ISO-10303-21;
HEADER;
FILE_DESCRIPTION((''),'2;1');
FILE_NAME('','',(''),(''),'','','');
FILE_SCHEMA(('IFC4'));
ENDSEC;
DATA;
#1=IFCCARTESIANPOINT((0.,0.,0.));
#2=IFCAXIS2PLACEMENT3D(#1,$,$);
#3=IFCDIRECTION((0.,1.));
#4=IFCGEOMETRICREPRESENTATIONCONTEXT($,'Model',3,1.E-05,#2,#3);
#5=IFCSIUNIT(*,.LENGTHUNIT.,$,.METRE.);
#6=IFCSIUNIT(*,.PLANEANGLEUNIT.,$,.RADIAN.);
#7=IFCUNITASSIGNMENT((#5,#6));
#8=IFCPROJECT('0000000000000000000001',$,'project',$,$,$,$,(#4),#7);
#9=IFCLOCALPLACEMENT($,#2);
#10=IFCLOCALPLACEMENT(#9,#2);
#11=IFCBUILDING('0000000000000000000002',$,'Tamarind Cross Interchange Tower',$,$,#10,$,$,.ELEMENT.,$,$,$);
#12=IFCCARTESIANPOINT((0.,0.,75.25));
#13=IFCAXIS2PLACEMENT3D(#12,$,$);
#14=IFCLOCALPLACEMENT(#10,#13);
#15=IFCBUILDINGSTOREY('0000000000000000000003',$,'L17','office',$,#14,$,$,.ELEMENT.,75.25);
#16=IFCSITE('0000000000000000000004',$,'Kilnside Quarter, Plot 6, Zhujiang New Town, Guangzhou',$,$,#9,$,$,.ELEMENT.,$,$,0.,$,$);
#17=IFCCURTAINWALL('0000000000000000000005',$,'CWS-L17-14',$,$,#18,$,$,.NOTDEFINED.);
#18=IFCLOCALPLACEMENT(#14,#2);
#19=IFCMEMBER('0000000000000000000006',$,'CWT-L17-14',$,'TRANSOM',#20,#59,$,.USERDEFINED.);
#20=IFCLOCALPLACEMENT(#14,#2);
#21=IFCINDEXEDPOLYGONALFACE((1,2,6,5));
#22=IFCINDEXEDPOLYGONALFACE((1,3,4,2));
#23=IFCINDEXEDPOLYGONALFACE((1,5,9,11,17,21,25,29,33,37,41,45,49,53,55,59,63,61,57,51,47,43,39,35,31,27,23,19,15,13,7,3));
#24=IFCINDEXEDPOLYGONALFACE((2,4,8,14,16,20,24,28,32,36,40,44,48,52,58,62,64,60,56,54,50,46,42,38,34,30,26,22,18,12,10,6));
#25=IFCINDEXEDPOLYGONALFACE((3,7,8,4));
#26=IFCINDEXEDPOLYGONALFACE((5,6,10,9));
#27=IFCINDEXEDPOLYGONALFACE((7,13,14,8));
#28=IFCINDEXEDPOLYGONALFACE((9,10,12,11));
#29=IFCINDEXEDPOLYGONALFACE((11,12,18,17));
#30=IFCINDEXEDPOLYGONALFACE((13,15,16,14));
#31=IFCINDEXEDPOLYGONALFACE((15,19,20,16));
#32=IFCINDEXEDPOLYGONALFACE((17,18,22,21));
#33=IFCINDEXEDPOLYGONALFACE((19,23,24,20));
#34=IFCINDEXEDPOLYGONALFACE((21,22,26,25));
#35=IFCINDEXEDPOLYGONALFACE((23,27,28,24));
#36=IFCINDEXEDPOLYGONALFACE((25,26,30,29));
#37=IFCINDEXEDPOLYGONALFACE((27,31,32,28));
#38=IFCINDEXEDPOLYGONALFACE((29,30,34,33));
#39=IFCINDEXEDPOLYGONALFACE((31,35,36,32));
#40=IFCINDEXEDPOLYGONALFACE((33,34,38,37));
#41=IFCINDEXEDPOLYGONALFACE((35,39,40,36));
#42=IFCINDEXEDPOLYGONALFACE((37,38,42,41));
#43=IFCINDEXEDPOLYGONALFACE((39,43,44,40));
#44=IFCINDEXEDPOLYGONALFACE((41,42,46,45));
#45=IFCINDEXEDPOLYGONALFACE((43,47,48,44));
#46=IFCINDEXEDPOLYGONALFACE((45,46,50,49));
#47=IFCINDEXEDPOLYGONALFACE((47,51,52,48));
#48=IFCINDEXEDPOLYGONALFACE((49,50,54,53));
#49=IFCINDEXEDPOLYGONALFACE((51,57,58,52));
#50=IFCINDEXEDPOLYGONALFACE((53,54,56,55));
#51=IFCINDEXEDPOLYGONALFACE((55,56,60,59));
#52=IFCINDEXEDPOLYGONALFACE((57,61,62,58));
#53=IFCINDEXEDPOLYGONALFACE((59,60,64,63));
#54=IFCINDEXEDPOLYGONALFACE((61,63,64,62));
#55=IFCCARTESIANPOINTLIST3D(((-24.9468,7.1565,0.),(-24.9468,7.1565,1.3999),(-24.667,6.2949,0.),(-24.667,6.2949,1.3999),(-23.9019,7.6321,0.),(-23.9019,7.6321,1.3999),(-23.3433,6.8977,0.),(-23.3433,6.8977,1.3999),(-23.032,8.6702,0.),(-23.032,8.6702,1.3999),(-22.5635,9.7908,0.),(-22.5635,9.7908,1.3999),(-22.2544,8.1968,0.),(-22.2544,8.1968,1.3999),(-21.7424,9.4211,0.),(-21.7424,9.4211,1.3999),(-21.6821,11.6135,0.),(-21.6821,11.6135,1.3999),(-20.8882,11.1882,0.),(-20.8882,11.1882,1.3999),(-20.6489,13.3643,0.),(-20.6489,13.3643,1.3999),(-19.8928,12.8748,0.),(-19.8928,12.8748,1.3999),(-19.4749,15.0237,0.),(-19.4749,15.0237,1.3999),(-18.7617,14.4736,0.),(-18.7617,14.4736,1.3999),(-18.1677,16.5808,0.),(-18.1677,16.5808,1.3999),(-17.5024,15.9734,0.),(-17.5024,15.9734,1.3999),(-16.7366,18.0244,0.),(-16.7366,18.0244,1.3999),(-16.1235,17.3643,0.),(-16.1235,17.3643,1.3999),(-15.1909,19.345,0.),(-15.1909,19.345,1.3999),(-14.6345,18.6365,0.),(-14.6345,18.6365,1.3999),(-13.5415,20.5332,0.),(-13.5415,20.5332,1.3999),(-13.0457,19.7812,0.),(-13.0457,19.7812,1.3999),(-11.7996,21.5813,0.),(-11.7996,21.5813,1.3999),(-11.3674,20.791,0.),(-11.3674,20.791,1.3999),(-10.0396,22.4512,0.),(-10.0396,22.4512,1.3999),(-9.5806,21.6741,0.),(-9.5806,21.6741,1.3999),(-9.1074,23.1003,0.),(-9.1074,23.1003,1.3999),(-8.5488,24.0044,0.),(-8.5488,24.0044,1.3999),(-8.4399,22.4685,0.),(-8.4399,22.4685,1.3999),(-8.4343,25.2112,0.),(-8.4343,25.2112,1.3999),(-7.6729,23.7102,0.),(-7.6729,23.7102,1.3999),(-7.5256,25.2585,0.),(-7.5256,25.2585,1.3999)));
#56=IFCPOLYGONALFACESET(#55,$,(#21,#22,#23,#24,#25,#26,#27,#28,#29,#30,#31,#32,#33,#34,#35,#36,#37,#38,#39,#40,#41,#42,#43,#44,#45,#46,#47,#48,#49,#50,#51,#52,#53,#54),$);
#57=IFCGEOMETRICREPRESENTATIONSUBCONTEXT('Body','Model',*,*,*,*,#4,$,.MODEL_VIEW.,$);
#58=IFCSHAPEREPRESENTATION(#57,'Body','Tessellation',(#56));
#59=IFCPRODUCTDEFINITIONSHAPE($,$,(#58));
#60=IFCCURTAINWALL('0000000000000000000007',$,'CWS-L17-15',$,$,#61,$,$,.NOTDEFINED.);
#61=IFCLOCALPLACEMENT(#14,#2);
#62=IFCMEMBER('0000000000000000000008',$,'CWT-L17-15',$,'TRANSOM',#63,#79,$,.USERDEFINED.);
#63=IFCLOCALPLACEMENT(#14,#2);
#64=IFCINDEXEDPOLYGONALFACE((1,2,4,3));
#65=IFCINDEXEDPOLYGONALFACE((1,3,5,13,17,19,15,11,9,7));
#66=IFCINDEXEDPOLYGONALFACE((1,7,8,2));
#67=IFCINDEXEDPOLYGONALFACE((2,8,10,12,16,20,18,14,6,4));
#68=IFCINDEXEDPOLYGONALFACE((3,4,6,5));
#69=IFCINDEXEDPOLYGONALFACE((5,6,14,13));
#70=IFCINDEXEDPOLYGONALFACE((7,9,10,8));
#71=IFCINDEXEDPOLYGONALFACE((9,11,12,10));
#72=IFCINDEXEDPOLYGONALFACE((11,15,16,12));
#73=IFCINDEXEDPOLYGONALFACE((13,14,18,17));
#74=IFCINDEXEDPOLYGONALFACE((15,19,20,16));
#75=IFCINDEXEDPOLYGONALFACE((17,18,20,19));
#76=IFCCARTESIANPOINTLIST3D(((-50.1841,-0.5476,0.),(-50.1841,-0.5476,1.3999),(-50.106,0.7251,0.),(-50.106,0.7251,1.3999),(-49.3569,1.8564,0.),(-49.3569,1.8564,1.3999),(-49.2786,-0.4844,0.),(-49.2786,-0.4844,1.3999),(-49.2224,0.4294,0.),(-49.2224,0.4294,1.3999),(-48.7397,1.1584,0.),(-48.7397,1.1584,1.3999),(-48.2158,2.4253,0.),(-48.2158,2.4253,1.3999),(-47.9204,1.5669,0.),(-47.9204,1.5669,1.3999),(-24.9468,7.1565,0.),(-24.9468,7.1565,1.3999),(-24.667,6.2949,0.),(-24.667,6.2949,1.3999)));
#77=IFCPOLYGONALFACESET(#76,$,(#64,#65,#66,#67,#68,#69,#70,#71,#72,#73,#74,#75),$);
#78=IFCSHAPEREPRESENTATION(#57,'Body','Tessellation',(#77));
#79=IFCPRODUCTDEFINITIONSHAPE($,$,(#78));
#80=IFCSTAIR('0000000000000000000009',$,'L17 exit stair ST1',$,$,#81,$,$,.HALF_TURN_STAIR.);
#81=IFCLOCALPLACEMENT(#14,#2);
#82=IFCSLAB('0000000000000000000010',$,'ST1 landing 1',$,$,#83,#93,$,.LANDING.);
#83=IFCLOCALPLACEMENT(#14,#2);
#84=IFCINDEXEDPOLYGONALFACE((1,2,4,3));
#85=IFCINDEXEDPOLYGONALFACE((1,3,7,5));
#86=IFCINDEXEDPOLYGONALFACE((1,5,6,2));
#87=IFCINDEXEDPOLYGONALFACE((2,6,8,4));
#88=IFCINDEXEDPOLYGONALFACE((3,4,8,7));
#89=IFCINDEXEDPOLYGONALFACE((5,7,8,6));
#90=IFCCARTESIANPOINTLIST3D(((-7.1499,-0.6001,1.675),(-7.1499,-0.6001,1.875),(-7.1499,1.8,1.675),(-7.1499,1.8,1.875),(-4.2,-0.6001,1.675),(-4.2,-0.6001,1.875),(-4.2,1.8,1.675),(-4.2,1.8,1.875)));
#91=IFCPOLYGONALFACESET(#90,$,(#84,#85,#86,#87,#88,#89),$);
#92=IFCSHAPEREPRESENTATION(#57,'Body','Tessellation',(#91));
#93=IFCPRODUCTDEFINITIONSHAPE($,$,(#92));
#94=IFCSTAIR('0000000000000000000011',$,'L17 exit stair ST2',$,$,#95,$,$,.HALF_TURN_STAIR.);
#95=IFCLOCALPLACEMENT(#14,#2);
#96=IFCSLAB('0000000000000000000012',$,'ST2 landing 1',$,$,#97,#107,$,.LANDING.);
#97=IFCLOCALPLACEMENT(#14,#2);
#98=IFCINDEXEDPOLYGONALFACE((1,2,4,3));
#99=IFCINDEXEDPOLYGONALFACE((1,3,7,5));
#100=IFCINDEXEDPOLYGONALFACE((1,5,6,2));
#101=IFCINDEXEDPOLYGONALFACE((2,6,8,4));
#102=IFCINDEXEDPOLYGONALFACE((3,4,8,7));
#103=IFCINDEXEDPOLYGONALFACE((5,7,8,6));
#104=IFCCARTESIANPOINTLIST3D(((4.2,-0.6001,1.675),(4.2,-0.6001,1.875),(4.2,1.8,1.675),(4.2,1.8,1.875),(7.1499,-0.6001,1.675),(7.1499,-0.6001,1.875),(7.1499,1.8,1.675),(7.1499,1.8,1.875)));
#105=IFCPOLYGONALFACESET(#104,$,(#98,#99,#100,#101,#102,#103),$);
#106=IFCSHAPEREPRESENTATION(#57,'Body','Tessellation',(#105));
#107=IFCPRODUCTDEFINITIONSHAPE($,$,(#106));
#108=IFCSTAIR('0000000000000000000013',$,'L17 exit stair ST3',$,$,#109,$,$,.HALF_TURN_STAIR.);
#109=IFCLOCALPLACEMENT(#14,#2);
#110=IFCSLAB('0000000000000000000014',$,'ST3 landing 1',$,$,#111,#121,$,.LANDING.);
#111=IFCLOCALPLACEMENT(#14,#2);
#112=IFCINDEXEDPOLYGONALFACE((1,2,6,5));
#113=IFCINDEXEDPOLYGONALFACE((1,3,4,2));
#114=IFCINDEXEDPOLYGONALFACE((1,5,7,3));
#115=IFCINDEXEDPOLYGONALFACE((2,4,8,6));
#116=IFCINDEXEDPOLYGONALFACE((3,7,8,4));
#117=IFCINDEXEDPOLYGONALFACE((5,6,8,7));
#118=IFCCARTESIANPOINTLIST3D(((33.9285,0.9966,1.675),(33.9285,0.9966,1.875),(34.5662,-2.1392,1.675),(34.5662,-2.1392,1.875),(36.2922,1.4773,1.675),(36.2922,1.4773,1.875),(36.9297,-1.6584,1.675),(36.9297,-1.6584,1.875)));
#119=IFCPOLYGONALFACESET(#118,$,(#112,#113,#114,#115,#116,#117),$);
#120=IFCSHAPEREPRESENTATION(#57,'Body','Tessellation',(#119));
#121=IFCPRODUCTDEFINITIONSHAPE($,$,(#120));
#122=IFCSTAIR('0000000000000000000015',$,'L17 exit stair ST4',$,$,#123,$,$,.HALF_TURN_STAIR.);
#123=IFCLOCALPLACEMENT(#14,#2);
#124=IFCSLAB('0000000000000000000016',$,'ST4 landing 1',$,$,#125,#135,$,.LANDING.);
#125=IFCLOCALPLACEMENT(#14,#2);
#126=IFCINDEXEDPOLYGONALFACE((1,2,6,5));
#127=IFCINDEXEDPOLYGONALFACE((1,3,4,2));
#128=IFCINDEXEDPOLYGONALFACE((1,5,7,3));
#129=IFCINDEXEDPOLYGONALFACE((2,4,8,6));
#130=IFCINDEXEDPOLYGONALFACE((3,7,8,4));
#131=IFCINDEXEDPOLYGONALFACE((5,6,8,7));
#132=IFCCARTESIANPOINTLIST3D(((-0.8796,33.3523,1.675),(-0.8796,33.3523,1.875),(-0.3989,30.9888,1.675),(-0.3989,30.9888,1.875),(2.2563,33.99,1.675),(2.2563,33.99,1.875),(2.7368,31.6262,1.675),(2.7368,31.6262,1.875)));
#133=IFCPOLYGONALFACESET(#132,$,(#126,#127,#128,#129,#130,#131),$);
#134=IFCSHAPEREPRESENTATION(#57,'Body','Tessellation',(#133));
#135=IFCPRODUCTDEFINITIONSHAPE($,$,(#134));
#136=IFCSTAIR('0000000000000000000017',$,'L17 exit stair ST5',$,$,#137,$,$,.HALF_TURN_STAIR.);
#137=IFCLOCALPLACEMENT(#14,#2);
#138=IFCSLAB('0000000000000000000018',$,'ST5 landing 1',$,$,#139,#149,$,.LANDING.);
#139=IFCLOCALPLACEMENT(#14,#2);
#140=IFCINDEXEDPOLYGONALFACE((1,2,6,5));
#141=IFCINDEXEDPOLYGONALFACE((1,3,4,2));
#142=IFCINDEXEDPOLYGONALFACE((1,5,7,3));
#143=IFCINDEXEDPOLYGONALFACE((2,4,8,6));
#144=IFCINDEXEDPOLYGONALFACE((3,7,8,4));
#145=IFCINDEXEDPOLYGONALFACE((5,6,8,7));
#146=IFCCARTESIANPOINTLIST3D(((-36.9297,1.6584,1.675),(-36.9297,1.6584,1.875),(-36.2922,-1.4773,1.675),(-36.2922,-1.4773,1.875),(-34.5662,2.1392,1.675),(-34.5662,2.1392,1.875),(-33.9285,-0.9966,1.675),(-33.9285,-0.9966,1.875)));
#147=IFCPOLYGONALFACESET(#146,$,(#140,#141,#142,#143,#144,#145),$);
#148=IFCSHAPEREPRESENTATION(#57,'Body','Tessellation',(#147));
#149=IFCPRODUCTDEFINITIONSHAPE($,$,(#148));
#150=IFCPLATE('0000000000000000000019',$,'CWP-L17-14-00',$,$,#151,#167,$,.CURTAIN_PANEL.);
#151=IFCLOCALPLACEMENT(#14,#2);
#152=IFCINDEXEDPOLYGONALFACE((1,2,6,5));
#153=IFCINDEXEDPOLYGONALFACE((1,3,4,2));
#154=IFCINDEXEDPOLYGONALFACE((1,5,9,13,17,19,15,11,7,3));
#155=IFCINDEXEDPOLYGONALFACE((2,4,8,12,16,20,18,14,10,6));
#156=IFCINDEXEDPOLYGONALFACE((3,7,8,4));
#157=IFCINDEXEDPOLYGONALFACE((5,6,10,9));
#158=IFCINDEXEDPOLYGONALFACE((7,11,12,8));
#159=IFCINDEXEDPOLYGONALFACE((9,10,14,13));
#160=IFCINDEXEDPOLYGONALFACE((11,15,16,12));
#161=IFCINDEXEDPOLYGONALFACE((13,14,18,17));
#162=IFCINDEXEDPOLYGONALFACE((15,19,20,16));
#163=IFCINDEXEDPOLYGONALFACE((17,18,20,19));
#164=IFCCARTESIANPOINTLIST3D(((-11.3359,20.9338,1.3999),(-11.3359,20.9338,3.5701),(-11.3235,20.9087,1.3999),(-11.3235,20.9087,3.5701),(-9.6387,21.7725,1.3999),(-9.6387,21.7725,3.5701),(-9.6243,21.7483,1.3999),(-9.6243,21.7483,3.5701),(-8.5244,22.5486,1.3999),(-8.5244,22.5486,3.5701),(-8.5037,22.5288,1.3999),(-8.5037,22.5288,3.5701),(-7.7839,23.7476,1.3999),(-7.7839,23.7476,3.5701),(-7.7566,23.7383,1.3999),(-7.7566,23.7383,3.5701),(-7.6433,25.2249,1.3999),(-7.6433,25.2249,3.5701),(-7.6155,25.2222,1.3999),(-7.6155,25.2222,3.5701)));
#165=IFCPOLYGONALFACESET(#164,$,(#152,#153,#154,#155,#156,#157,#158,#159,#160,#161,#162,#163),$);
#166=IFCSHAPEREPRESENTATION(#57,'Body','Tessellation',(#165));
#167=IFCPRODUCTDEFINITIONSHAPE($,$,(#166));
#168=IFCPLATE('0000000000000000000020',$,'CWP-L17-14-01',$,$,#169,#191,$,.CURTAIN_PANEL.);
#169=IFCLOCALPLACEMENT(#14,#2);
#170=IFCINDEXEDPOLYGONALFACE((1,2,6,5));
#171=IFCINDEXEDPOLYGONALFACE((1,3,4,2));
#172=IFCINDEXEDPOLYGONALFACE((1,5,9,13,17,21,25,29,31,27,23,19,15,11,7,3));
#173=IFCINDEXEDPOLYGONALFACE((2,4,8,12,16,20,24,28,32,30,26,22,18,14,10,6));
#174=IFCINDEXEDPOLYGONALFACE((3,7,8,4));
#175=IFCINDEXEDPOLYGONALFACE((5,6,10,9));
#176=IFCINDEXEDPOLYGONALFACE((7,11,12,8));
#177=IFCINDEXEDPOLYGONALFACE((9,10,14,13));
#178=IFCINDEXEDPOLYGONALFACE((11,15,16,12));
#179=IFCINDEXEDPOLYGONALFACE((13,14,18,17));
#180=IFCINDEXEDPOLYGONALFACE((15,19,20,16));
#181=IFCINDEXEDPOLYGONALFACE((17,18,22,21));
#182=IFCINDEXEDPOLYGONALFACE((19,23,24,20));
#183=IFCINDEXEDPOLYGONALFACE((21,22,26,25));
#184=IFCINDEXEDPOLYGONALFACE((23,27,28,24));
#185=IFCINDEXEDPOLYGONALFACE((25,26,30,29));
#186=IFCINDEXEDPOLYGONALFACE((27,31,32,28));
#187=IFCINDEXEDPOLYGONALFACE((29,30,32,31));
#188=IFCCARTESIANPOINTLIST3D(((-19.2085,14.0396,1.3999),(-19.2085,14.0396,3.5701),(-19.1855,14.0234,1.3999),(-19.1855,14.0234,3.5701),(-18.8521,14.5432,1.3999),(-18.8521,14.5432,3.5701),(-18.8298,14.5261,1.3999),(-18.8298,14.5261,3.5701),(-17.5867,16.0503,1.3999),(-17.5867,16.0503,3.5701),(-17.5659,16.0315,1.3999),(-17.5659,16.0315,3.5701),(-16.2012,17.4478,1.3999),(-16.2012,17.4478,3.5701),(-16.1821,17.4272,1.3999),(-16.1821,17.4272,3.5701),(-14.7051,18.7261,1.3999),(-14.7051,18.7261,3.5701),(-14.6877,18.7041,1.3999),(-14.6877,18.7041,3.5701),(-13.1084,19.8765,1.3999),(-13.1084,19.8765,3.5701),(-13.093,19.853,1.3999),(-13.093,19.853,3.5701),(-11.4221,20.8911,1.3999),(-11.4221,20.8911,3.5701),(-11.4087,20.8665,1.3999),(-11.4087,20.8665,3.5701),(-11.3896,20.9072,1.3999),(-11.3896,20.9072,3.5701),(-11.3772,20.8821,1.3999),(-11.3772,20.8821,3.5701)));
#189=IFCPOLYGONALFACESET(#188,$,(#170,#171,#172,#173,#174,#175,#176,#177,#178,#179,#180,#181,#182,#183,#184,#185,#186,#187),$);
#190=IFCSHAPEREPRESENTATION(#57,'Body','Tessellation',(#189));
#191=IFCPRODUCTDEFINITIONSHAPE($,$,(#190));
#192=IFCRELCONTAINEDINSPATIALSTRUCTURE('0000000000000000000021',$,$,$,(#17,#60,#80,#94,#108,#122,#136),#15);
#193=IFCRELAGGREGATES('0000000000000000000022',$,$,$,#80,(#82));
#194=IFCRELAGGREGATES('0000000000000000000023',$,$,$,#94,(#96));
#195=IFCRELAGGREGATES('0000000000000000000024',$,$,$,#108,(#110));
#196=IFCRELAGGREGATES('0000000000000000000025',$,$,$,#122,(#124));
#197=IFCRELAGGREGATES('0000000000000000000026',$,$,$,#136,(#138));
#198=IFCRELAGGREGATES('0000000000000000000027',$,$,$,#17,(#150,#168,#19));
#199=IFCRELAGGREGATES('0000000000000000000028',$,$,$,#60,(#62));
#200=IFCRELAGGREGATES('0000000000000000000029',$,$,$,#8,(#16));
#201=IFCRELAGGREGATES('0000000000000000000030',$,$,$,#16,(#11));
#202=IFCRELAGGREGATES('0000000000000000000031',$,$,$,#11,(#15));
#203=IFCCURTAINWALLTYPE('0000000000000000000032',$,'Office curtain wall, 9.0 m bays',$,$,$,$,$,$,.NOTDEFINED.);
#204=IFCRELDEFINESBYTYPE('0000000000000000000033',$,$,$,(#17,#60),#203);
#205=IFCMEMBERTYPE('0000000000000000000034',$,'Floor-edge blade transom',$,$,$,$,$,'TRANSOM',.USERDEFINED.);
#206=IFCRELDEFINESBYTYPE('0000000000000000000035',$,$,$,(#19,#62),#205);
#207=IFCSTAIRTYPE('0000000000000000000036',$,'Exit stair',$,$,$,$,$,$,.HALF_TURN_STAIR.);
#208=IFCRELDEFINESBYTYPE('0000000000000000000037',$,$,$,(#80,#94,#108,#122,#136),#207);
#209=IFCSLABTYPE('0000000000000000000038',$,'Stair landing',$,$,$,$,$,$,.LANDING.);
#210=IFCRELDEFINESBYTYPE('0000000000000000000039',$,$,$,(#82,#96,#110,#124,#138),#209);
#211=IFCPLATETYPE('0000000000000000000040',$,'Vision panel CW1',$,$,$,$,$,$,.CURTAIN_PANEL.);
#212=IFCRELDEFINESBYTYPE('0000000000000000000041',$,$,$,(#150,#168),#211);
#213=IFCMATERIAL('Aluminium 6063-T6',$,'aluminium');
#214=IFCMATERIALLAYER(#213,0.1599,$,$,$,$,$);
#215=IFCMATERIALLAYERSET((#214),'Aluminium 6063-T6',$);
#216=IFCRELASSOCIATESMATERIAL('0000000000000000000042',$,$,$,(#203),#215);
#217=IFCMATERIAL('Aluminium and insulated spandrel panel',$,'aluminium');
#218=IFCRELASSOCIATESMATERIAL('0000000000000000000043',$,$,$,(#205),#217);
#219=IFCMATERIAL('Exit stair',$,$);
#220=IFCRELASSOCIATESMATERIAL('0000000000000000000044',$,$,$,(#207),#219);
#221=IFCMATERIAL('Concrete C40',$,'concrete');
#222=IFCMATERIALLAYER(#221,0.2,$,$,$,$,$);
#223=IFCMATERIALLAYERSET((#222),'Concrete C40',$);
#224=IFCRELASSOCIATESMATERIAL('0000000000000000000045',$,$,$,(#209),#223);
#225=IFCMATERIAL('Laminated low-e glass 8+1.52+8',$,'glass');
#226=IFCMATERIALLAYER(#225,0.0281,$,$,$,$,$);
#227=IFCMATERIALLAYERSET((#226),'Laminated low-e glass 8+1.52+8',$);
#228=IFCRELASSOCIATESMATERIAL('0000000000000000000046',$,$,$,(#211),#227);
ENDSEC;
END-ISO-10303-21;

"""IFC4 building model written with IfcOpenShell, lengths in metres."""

from ifc_helpers import new_model, si_unit, direction, frame, origin, place, context, subcontext, project, spatial, polyline, outline, extrude, material, layer, layer_set, type_object, element, aggregate, save


model = new_model("IFC4")

# Units and contexts
model_context = context("Model", 3, precision=1e-05, world=origin(), true_north=direction((0.0, 1.0)))
body_context = subcontext(model_context, "Body", "Model", "MODEL_VIEW")
ifc_project = project(units=[si_unit("LENGTHUNIT", "METRE"), si_unit("PLANEANGLEUNIT", "RADIAN")], contexts=[model_context])

# Site, building, storey
site_placement = place(None, origin())
site = spatial("IfcSite", under=ifc_project, at=site_placement, Name="Kilnside Quarter, Plot 6, Zhujiang New Town, Guangzhou", CompositionType="ELEMENT", RefElevation=0.0)
building_placement = place(site_placement, origin())
building = spatial("IfcBuilding", under=site, at=building_placement, Name="Tamarind Cross Interchange Tower", CompositionType="ELEMENT")
storey_placement = place(building_placement, frame((0.0, 0.0, 75.25)))
storey = spatial("IfcBuildingStorey", under=building, at=storey_placement, Name="L17", Description="office", CompositionType="ELEMENT", Elevation=75.25)

# Curtain walls, members
ifc_material_1 = material(Name="Aluminium 6063-T6", Category="aluminium")
ifc_layer_1 = layer(ifc_material_1, 0.1599)
ifc_layer_set_1 = layer_set([ifc_layer_1], Name="Aluminium 6063-T6")
curtain_wall_type = type_object("IfcCurtainWallType", Name="Office curtain wall, 9.0 m bays", PredefinedType="NOTDEFINED", material=ifc_layer_set_1)
curtain_wall_1_placement = place(storey_placement, origin())
curtain_wall_1 = element("IfcCurtainWall", 1, at=curtain_wall_1_placement, inside=storey, type_object=curtain_wall_type, Name="CWS-L17-14", PredefinedType="NOTDEFINED")
ifc_material_2 = material(Name="Aluminium and insulated spandrel panel", Category="aluminium")
member_type = type_object("IfcMemberType", Name="Floor-edge blade transom", ElementType="TRANSOM", PredefinedType="USERDEFINED", material=ifc_material_2)
member_1_placement = place(storey_placement, origin())
member_1 = element("IfcMember", 2, at=member_1_placement, type_object=member_type, Name="CWT-L17-14", ObjectType="TRANSOM", PredefinedType="USERDEFINED", context=body_context, shape_type="SweptSolid", body=[
    extrude(outline(polyline([(-7.5256, 25.2585), (-7.6729, 23.7102), (-8.4399, 22.4685), (-9.5806, 21.6741), (-11.3674, 20.791), (-13.0457, 19.7812), (-14.6345, 18.6365), (-16.1235, 17.3643), (-17.5024, 15.9734), (-18.7617, 14.4736), (-19.8928, 12.8748), (-20.8882, 11.1882), (-21.7424, 9.4211), (-22.2544, 8.1968), (-23.3433, 6.8977), (-24.667, 6.2949), (-24.9468, 7.1565), (-23.9019, 7.6321), (-23.032, 8.6702), (-22.5635, 9.7908), (-21.6821, 11.6135), (-20.6489, 13.3643), (-19.4749, 15.0237), (-18.1677, 16.5808), (-16.7366, 18.0244), (-15.1909, 19.345), (-13.5415, 20.5332), (-11.7996, 21.5813), (-10.0396, 22.4512), (-9.1074, 23.1003), (-8.5488, 24.0044), (-8.4343, 25.2112), (-7.5256, 25.2585)])), origin(), (0.0, 0.0, 1.0), 1.3999),
])
curtain_wall_2_placement = place(storey_placement, origin())
curtain_wall_2 = element("IfcCurtainWall", 3, at=curtain_wall_2_placement, inside=storey, type_object=curtain_wall_type, Name="CWS-L17-15", PredefinedType="NOTDEFINED")
member_2_placement = place(storey_placement, origin())
member_2 = element("IfcMember", 4, at=member_2_placement, type_object=member_type, Name="CWT-L17-15", ObjectType="TRANSOM", PredefinedType="USERDEFINED", context=body_context, shape_type="SweptSolid", body=[
    extrude(outline(polyline([(-24.667, 6.2949), (-47.9204, 1.5669), (-48.7397, 1.1584), (-49.2224, 0.4294), (-49.2786, -0.4844), (-50.1841, -0.5476), (-50.106, 0.7251), (-49.3569, 1.8564), (-48.2158, 2.4253), (-24.9468, 7.1565), (-24.667, 6.2949)])), origin(), (0.0, 0.0, 1.0), 1.3999),
])

# Stairs, slabs
ifc_material_3 = material(Name="Exit stair")
stair_type = type_object("IfcStairType", Name="Exit stair", PredefinedType="HALF_TURN_STAIR", material=ifc_material_3)
stair_1_placement = place(storey_placement, origin())
stair_1 = element("IfcStair", 5, at=stair_1_placement, inside=storey, type_object=stair_type, Name="L17 exit stair ST1", PredefinedType="HALF_TURN_STAIR")
ifc_material_4 = material(Name="Concrete C40", Category="concrete")
ifc_layer_2 = layer(ifc_material_4, 0.2)
ifc_layer_set_2 = layer_set([ifc_layer_2], Name="Concrete C40")
slab_type = type_object("IfcSlabType", Name="Stair landing", PredefinedType="LANDING", material=ifc_layer_set_2)
slab_1_placement = place(storey_placement, frame((0.0, 0.0, 1.675)))
slab_1 = element("IfcSlab", 6, at=slab_1_placement, type_object=slab_type, Name="ST1 landing 1", PredefinedType="LANDING", context=body_context, shape_type="SweptSolid", body=[
    extrude(outline(polyline([(-4.2, -0.6001), (-4.2, 1.8), (-7.1499, 1.8), (-7.1499, -0.6001), (-4.2, -0.6001)])), origin(), (0.0, 0.0, 1.0), 0.2),
])
aggregate(stair_1, [slab_1])
stair_2_placement = place(storey_placement, origin())
stair_2 = element("IfcStair", 7, at=stair_2_placement, inside=storey, type_object=stair_type, Name="L17 exit stair ST2", PredefinedType="HALF_TURN_STAIR")
slab_2_placement = place(storey_placement, frame((0.0, 0.0, 1.675)))
slab_2 = element("IfcSlab", 8, at=slab_2_placement, type_object=slab_type, Name="ST2 landing 1", PredefinedType="LANDING", context=body_context, shape_type="SweptSolid", body=[
    extrude(outline(polyline([(7.1499, -0.6001), (7.1499, 1.8), (4.2, 1.8), (4.2, -0.6001), (7.1499, -0.6001)])), origin(), (0.0, 0.0, 1.0), 0.2),
])
aggregate(stair_2, [slab_2])
stair_3_placement = place(storey_placement, origin())
stair_3 = element("IfcStair", 9, at=stair_3_placement, inside=storey, type_object=stair_type, Name="L17 exit stair ST3", PredefinedType="HALF_TURN_STAIR")
slab_3_placement = place(storey_placement, frame((0.0, 0.0, 1.675)))
slab_3 = element("IfcSlab", 10, at=slab_3_placement, type_object=slab_type, Name="ST3 landing 1", PredefinedType="LANDING", context=body_context, shape_type="SweptSolid", body=[
    extrude(outline(polyline([(34.5662, -2.1392), (36.9297, -1.6584), (36.2922, 1.4773), (33.9285, 0.9966), (34.5662, -2.1392)])), origin(), (0.0, 0.0, 1.0), 0.2),
])
aggregate(stair_3, [slab_3])
stair_4_placement = place(storey_placement, origin())
stair_4 = element("IfcStair", 11, at=stair_4_placement, inside=storey, type_object=stair_type, Name="L17 exit stair ST4", PredefinedType="HALF_TURN_STAIR")
slab_4_placement = place(storey_placement, frame((0.0, 0.0, 1.675)))
slab_4 = element("IfcSlab", 12, at=slab_4_placement, type_object=slab_type, Name="ST4 landing 1", PredefinedType="LANDING", context=body_context, shape_type="SweptSolid", body=[
    extrude(outline(polyline([(2.7368, 31.6262), (2.2563, 33.99), (-0.8796, 33.3523), (-0.3989, 30.9888), (2.7368, 31.6262)])), origin(), (0.0, 0.0, 1.0), 0.2),
])
aggregate(stair_4, [slab_4])
stair_5_placement = place(storey_placement, origin())
stair_5 = element("IfcStair", 13, at=stair_5_placement, inside=storey, type_object=stair_type, Name="L17 exit stair ST5", PredefinedType="HALF_TURN_STAIR")
slab_5_placement = place(storey_placement, frame((0.0, 0.0, 1.675)))
slab_5 = element("IfcSlab", 14, at=slab_5_placement, type_object=slab_type, Name="ST5 landing 1", PredefinedType="LANDING", context=body_context, shape_type="SweptSolid", body=[
    extrude(outline(polyline([(-34.5662, 2.1392), (-36.9297, 1.6584), (-36.2922, -1.4773), (-33.9285, -0.9966), (-34.5662, 2.1392)])), origin(), (0.0, 0.0, 1.0), 0.2),
])
aggregate(stair_5, [slab_5])

# Plates
ifc_material_5 = material(Name="Laminated low-e glass 8+1.52+8", Category="glass")
ifc_layer_3 = layer(ifc_material_5, 0.0281)
ifc_layer_set_3 = layer_set([ifc_layer_3], Name="Laminated low-e glass 8+1.52+8")
plate_type = type_object("IfcPlateType", Name="Vision panel CW1", PredefinedType="CURTAIN_PANEL", material=ifc_layer_set_3)
plate_1_placement = place(storey_placement, frame((0.0, 0.0, 1.3999)))
plate_1 = element("IfcPlate", 15, at=plate_1_placement, type_object=plate_type, Name="CWP-L17-14-00", PredefinedType="CURTAIN_PANEL", context=body_context, shape_type="SweptSolid", body=[
    extrude(outline(polyline([(-7.6155, 25.2222), (-7.7566, 23.7383), (-8.5037, 22.5288), (-9.6243, 21.7483), (-11.3235, 20.9087), (-11.3359, 20.9338), (-9.6387, 21.7725), (-8.5244, 22.5486), (-7.7839, 23.7476), (-7.6433, 25.2249), (-7.6155, 25.2222)])), origin(), (0.0, 0.0, 1.0), 2.1702),
])
plate_2_placement = place(storey_placement, frame((0.0, 0.0, 1.3999)))
plate_2 = element("IfcPlate", 16, at=plate_2_placement, type_object=plate_type, Name="CWP-L17-14-01", PredefinedType="CURTAIN_PANEL", context=body_context, shape_type="SweptSolid", body=[
    extrude(outline(polyline([(-11.3772, 20.8821), (-11.4087, 20.8665), (-13.093, 19.853), (-14.6877, 18.7041), (-16.1821, 17.4272), (-17.5659, 16.0315), (-18.8298, 14.5261), (-19.1855, 14.0234), (-19.2085, 14.0396), (-18.8521, 14.5432), (-17.5867, 16.0503), (-16.2012, 17.4478), (-14.7051, 18.7261), (-13.1084, 19.8765), (-11.4221, 20.8911), (-11.3896, 20.9072), (-11.3772, 20.8821)])), origin(), (0.0, 0.0, 1.0), 2.1702),
])
aggregate(curtain_wall_1, [plate_1, plate_2, member_1])
aggregate(curtain_wall_2, [member_2])

save(model, "model.ifc")
